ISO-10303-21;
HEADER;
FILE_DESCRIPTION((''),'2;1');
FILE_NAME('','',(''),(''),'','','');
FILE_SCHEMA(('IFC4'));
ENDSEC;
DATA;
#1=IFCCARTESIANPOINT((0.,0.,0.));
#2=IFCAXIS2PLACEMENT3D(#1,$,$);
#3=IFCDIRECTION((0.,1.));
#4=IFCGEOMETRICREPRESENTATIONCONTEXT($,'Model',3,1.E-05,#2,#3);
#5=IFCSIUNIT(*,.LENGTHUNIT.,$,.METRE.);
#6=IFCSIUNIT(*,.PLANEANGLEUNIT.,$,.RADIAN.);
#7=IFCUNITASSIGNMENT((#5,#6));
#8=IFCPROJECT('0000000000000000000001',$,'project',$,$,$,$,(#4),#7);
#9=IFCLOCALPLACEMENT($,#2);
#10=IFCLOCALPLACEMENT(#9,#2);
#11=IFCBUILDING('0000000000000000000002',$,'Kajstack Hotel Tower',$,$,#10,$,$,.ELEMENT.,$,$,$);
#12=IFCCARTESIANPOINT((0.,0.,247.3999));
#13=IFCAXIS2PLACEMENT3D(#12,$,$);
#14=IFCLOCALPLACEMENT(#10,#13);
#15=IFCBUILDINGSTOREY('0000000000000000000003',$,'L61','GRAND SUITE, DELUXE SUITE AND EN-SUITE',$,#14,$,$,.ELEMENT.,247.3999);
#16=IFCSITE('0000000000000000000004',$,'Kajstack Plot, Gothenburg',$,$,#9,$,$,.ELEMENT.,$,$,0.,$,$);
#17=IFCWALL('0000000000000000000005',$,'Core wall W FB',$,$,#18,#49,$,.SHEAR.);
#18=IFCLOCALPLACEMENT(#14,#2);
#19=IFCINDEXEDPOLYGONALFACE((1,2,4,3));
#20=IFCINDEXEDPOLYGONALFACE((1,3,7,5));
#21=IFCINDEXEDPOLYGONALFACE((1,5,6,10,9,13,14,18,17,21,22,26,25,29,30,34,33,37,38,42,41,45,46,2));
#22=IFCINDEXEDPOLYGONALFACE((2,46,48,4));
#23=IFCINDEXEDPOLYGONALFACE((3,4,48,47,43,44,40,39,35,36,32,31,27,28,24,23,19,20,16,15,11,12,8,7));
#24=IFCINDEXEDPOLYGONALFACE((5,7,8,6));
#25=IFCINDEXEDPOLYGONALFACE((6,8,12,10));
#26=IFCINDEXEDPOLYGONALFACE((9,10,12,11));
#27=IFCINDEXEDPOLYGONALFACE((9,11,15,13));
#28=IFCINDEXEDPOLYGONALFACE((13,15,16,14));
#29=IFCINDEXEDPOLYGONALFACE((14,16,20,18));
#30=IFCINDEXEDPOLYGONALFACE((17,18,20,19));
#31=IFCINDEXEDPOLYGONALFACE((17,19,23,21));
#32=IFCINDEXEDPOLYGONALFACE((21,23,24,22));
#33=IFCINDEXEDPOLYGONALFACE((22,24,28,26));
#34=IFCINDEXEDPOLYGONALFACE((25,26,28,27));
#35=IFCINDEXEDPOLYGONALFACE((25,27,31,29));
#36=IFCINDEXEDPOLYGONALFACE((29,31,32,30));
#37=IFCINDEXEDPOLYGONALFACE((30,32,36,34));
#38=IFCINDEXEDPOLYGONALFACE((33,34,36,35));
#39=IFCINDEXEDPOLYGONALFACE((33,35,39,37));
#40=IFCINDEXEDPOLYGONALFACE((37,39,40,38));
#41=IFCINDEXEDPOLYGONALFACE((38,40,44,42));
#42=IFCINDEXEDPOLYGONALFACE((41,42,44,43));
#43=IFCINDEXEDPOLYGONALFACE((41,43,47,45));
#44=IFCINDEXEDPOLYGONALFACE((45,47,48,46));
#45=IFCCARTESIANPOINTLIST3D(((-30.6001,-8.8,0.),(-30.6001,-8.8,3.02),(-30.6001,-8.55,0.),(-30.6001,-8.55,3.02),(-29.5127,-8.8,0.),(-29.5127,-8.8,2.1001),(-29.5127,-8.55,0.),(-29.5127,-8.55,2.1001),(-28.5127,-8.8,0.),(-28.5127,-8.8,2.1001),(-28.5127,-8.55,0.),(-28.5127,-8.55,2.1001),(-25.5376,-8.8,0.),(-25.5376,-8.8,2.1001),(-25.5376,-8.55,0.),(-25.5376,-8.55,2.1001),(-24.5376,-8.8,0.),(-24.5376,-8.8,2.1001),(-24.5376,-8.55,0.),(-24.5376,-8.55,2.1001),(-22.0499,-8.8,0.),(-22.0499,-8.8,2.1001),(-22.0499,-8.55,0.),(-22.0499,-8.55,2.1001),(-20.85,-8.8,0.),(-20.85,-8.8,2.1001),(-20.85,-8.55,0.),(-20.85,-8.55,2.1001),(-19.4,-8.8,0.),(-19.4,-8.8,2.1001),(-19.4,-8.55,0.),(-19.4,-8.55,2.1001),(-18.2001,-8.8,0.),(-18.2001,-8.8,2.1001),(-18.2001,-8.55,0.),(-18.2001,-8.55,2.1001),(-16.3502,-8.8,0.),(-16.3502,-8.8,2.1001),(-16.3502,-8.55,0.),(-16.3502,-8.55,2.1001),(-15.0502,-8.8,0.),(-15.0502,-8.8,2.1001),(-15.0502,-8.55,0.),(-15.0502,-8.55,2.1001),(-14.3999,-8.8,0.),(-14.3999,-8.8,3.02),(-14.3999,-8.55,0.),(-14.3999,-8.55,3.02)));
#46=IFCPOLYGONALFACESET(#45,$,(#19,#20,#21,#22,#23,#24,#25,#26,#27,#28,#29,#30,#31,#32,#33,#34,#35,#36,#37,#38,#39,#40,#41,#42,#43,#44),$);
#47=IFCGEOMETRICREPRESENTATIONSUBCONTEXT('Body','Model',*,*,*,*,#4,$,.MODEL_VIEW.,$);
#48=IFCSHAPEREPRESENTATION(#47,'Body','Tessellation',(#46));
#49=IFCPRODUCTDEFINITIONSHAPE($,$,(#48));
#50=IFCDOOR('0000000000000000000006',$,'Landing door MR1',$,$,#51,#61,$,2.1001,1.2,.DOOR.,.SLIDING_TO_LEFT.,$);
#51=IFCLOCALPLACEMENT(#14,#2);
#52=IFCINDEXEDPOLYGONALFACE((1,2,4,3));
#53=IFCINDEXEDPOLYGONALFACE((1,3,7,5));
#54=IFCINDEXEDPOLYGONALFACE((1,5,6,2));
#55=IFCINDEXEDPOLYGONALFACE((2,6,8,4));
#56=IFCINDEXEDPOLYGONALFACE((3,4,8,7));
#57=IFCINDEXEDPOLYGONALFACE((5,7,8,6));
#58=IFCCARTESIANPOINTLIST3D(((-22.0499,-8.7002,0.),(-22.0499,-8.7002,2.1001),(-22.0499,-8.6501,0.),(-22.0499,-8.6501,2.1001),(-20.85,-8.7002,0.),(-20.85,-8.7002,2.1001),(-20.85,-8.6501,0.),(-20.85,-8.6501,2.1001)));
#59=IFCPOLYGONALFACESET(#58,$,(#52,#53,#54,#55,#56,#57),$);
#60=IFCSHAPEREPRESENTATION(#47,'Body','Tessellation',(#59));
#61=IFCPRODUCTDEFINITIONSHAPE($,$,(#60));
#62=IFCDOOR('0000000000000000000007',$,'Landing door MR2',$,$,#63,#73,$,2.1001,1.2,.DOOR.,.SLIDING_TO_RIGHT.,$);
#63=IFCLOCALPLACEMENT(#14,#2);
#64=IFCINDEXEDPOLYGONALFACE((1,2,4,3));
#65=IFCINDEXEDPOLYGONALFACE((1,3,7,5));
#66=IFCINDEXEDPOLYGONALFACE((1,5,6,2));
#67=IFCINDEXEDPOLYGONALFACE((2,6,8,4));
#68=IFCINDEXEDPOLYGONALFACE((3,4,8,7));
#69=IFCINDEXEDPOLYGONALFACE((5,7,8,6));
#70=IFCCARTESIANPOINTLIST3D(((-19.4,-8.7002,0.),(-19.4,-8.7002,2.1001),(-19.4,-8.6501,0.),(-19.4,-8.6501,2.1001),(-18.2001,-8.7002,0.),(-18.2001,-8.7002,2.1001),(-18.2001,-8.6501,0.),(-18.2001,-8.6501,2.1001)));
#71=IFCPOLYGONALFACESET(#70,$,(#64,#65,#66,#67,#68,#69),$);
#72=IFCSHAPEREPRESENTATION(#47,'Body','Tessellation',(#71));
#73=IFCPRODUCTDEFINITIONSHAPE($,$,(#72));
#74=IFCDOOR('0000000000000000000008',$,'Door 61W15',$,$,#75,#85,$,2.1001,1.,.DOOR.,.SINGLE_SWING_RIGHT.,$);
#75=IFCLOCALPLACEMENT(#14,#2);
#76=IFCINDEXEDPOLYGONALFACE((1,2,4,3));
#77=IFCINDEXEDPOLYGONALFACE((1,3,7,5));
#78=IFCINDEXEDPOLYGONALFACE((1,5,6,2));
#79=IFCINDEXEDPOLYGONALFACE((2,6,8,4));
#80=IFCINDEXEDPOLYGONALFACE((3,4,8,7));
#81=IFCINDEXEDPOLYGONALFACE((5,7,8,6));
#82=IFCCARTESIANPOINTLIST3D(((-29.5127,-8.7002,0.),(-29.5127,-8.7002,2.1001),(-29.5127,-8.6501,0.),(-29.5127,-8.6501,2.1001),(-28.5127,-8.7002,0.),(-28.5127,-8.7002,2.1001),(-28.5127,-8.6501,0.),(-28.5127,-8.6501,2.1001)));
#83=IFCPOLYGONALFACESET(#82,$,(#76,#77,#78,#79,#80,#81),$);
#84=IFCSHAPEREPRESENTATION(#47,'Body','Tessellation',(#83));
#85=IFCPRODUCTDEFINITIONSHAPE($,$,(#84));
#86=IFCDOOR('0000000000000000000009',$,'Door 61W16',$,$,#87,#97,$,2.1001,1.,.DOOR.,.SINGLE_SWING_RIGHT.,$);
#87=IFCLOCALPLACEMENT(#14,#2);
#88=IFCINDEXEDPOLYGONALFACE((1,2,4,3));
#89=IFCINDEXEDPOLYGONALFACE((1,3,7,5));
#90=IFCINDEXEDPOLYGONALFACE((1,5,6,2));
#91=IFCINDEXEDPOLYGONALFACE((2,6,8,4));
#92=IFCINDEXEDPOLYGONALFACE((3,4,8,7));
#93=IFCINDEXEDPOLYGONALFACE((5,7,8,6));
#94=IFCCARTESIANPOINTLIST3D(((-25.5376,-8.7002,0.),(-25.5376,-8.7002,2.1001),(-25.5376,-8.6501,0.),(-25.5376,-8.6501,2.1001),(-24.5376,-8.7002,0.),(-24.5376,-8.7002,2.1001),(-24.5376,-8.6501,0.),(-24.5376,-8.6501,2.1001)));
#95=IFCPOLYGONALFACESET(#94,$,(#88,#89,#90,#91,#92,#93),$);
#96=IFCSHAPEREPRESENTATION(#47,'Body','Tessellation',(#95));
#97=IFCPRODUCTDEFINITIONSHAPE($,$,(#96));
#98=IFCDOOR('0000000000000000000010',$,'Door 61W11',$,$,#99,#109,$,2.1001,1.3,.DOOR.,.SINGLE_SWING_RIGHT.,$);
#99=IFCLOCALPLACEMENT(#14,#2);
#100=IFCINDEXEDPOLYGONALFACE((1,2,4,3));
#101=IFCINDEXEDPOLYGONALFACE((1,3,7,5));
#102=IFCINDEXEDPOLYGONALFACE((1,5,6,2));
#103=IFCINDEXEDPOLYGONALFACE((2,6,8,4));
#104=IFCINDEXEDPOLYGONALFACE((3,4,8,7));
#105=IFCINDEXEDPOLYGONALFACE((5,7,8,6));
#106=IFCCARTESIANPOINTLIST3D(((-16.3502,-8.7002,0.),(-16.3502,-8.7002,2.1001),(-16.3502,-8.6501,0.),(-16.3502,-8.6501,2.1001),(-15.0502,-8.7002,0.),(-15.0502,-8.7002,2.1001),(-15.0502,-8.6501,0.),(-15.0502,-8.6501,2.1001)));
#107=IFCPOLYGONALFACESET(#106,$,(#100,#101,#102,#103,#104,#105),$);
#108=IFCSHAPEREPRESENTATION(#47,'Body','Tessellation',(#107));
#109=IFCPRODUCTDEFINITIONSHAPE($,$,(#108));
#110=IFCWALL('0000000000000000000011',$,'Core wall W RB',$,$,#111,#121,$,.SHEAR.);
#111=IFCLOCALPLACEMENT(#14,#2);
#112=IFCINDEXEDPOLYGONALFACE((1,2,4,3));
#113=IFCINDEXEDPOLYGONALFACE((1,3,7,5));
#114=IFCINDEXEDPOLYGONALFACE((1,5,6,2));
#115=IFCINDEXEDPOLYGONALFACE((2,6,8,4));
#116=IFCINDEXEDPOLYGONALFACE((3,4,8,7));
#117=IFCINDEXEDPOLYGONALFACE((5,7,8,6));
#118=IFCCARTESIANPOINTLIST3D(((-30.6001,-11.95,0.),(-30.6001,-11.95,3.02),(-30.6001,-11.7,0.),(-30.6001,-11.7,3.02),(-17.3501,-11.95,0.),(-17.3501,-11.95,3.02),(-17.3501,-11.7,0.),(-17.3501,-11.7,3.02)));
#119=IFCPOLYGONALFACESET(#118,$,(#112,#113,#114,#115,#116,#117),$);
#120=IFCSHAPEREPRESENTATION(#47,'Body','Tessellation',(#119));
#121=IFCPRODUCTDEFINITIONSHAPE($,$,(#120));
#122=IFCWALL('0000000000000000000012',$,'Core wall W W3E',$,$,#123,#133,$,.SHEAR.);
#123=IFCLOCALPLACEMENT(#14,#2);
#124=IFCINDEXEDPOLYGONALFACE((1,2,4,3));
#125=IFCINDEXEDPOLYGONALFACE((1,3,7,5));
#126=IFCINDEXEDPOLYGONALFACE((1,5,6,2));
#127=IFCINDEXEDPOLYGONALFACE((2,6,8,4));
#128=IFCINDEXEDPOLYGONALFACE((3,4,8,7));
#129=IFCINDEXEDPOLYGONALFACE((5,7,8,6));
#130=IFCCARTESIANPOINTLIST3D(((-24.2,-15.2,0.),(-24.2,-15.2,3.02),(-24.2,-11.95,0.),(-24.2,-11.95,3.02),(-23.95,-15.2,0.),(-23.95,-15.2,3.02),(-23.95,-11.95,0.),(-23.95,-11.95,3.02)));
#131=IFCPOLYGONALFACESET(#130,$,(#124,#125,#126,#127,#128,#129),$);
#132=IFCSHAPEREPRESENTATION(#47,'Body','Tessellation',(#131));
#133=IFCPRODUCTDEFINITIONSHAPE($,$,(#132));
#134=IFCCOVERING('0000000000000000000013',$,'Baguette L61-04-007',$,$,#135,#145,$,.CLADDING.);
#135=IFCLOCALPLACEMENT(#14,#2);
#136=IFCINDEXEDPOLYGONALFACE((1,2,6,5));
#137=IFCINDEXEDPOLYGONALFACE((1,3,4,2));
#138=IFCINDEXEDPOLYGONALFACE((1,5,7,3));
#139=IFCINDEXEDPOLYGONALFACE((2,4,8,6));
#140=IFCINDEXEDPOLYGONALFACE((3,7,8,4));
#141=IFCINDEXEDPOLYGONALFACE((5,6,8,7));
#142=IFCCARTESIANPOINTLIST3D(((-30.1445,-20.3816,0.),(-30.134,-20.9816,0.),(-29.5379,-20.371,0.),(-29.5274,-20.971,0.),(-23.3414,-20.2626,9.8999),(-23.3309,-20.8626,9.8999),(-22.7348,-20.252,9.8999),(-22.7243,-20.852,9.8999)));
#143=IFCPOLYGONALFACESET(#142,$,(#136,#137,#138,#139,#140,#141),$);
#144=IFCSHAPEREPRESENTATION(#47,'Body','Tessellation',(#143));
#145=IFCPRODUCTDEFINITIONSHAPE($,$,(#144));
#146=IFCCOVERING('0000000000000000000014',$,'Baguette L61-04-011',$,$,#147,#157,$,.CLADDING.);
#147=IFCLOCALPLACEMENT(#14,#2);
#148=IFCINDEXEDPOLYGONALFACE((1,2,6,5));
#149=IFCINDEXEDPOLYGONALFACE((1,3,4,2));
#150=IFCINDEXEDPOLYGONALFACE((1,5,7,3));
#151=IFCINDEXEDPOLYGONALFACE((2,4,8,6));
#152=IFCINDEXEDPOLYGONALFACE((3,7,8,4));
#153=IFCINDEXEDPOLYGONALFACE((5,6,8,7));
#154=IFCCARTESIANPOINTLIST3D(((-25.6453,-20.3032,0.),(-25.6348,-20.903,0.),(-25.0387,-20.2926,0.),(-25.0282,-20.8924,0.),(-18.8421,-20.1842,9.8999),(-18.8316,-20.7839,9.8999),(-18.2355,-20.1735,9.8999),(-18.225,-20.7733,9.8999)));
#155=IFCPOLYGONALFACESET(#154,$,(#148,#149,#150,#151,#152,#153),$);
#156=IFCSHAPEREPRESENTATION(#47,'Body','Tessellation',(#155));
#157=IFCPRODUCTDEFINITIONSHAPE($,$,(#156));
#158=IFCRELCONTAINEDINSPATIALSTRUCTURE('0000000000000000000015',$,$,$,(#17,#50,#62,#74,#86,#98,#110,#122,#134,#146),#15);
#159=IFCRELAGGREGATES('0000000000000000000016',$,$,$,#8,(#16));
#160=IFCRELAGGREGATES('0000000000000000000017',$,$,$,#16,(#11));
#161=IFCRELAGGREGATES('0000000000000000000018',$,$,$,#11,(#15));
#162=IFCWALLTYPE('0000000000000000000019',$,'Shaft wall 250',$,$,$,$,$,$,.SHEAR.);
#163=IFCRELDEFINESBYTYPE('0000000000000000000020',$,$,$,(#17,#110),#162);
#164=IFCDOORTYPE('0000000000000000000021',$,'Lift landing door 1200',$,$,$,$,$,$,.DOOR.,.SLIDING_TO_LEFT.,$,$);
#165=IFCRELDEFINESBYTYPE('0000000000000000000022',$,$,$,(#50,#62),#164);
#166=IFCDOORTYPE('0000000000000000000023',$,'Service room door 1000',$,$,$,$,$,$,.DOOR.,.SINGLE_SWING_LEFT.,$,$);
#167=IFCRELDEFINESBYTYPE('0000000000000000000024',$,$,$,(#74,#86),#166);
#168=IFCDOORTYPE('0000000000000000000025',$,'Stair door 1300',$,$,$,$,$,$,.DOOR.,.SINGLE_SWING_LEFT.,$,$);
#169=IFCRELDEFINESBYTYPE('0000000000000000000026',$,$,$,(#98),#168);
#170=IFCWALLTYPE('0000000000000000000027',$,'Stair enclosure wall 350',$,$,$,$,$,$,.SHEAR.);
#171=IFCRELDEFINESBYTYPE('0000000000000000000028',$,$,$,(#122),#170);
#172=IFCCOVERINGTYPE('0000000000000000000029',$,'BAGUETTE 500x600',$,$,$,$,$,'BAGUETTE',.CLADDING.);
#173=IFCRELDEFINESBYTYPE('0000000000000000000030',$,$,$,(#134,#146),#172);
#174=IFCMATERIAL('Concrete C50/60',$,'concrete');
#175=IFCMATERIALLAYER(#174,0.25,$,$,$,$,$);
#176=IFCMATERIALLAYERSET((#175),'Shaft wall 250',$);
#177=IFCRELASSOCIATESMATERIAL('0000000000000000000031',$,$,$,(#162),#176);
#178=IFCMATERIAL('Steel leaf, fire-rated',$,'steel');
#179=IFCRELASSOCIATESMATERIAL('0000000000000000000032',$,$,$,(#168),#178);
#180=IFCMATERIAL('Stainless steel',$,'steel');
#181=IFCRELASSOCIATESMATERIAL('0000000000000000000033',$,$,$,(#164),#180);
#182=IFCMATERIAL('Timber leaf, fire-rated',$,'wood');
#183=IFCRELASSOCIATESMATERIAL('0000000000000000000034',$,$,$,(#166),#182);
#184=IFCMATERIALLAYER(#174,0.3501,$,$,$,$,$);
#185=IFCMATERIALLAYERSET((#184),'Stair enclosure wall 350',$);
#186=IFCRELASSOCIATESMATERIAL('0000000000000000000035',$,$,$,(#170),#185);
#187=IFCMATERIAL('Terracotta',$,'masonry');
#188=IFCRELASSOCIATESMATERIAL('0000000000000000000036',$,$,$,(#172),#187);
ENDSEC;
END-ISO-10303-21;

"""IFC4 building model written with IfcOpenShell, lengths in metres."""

from ifc_helpers import new_model, si_unit, direction, frame, frame_2d, origin, origin_2d, place, context, subcontext, project, spatial, polyline, rectangle, outline, extrude, material, layer, layer_set, material_profile, profile_set, type_object, element, fill, save


model = new_model("IFC4")

# Units and contexts
model_context = context("Model", 3, precision=1e-05, world=origin(), true_north=direction((0.0, 1.0)))
body_context = subcontext(model_context, "Body", "Model", "MODEL_VIEW")
ifc_project = project(units=[si_unit("LENGTHUNIT", "METRE"), si_unit("PLANEANGLEUNIT", "RADIAN")], contexts=[model_context])

# Site, building, storey
site_placement = place(None, origin())
site = spatial("IfcSite", under=ifc_project, at=site_placement, Name="Kajstack Plot, Gothenburg", CompositionType="ELEMENT", RefElevation=0.0)
building_placement = place(site_placement, origin())
building = spatial("IfcBuilding", under=site, at=building_placement, Name="Kajstack Hotel Tower", CompositionType="ELEMENT")
storey_placement = place(building_placement, frame((0.0, 0.0, 247.3999)))
storey = spatial("IfcBuildingStorey", under=building, at=storey_placement, Name="L61", Description="GRAND SUITE, DELUXE SUITE AND EN-SUITE", CompositionType="ELEMENT", Elevation=247.3999)

# Shared definitions
ifc_material_1 = material(Name="Stainless steel", Category="steel")

# Shared definitions
ifc_material_2 = material(Name="Concrete C50/60", Category="concrete")

# Wall, openings, doors
ifc_layer_1 = layer(ifc_material_2, 0.25)
ifc_layer_set_1 = layer_set([ifc_layer_1], Name="Shaft wall 250")
wall_type_1 = type_object("IfcWallType", Name="Shaft wall 250", PredefinedType="SHEAR", material=ifc_layer_set_1)
ifc_material_3 = material(Name="Timber leaf, fire-rated", Category="wood")
ifc_material_4 = material(Name="Steel leaf, fire-rated", Category="steel")
door_type_1 = type_object("IfcDoorType", Name="Stair door 1300", OperationType="SINGLE_SWING_LEFT", PredefinedType="DOOR", material=ifc_material_4)
wall_1_placement = place(storey_placement, frame((-30.6001, -8.675, 0.0), z_axis=(0.0, 0.0, 1.0), x_axis=(1.0, 0.0, 0.0)))
wall_1 = element("IfcWall", 1, at=wall_1_placement, inside=storey, type_object=wall_type_1, Name="Core wall W FB", PredefinedType="SHEAR", context=body_context, shape_type="SweptSolid", body=[
    extrude(rectangle(XDim=16.2002, YDim=0.25, at=frame_2d((8.1001, 0.0))), origin(), (0.0, 0.0, 1.0), 3.02),
])
opening_1_placement = place(wall_1_placement, frame((8.55, 0.0, 0.0)))
opening_1 = element("IfcOpeningElement", 2, at=opening_1_placement, cuts=wall_1, PredefinedType="OPENING", context=body_context, shape_type="SweptSolid", body=[
    extrude(rectangle(XDim=1.2, YDim=2.1001, at=frame_2d((0.6001, 1.05))), frame((0.0, 0.135, 0.0), z_axis=(0.0, -1.0, 0.0), x_axis=(1.0, 0.0, 0.0)), (0.0, 0.0, 1.0), 0.27),
])
opening_2_placement = place(wall_1_placement, frame((11.2, 0.0, 0.0)))
opening_2 = element("IfcOpeningElement", 3, at=opening_2_placement, cuts=wall_1, PredefinedType="OPENING", context=body_context, shape_type="SweptSolid", body=[
    extrude(rectangle(XDim=1.2, YDim=2.1001, at=frame_2d((0.6001, 1.05))), frame((0.0, 0.135, 0.0), z_axis=(0.0, -1.0, 0.0), x_axis=(1.0, 0.0, 0.0)), (0.0, 0.0, 1.0), 0.27),
])
opening_3_placement = place(wall_1_placement, frame((14.25, 0.0, 0.0)))
opening_3 = element("IfcOpeningElement", 4, at=opening_3_placement, cuts=wall_1, PredefinedType="OPENING", context=body_context, shape_type="SweptSolid", body=[
    extrude(rectangle(XDim=1.3, YDim=2.1001, at=frame_2d((0.6499, 1.05))), frame((0.0, 0.135, 0.0), z_axis=(0.0, -1.0, 0.0), x_axis=(1.0, 0.0, 0.0)), (0.0, 0.0, 1.0), 0.27),
])
opening_4_placement = place(wall_1_placement, frame((1.0874, 0.0, 0.0)))
opening_4 = element("IfcOpeningElement", 5, at=opening_4_placement, cuts=wall_1, PredefinedType="OPENING", context=body_context, shape_type="SweptSolid", body=[
    extrude(rectangle(XDim=1.0, YDim=2.1001, at=frame_2d((0.5, 1.05))), frame((0.0, 0.135, 0.0), z_axis=(0.0, -1.0, 0.0), x_axis=(1.0, 0.0, 0.0)), (0.0, 0.0, 1.0), 0.27),
])
opening_5_placement = place(wall_1_placement, frame((5.0625, 0.0, 0.0)))
opening_5 = element("IfcOpeningElement", 6, at=opening_5_placement, cuts=wall_1, PredefinedType="OPENING", context=body_context, shape_type="SweptSolid", body=[
    extrude(rectangle(XDim=1.0, YDim=2.1001, at=frame_2d((0.5, 1.05))), frame((0.0, 0.135, 0.0), z_axis=(0.0, -1.0, 0.0), x_axis=(1.0, 0.0, 0.0)), (0.0, 0.0, 1.0), 0.27),
])
door_type_2 = type_object("IfcDoorType", Name="Lift landing door 1200", OperationType="SLIDING_TO_LEFT", PredefinedType="DOOR", material=ifc_material_1)
door_1_placement = place(opening_1_placement, origin())
door_1 = element("IfcDoor", 7, at=door_1_placement, inside=storey, type_object=door_type_2, Name="Landing door MR1", OperationType="SLIDING_TO_LEFT", OverallHeight=2.1001, OverallWidth=1.2, PredefinedType="DOOR", context=body_context, shape_type="SweptSolid", body=[
    extrude(rectangle(XDim=1.2, YDim=2.1001, at=frame_2d((0.6001, 1.05))), frame((0.0, 0.0249, 0.0), z_axis=(0.0, -1.0, 0.0), x_axis=(1.0, 0.0, 0.0)), (0.0, 0.0, 1.0), 0.05),
])
fill(opening_1, door_1)
door_2_placement = place(opening_2_placement, origin())
door_2 = element("IfcDoor", 8, at=door_2_placement, inside=storey, type_object=door_type_2, Name="Landing door MR2", OperationType="SLIDING_TO_RIGHT", OverallHeight=2.1001, OverallWidth=1.2, PredefinedType="DOOR", context=body_context, shape_type="SweptSolid", body=[
    extrude(rectangle(XDim=1.2, YDim=2.1001, at=frame_2d((0.6001, 1.05))), frame((0.0, 0.0249, 0.0), z_axis=(0.0, -1.0, 0.0), x_axis=(1.0, 0.0, 0.0)), (0.0, 0.0, 1.0), 0.05),
])
fill(opening_2, door_2)
door_type_3 = type_object("IfcDoorType", Name="Service room door 1000", OperationType="SINGLE_SWING_LEFT", PredefinedType="DOOR", material=ifc_material_3)
door_3_placement = place(opening_4_placement, origin())
door_3 = element("IfcDoor", 9, at=door_3_placement, inside=storey, type_object=door_type_3, Name="Door 61W15", OperationType="SINGLE_SWING_RIGHT", OverallHeight=2.1001, OverallWidth=1.0, PredefinedType="DOOR", context=body_context, shape_type="SweptSolid", body=[
    extrude(rectangle(XDim=1.0, YDim=2.1001, at=frame_2d((0.5, 1.05))), frame((0.0, 0.0249, 0.0), z_axis=(0.0, -1.0, 0.0), x_axis=(1.0, 0.0, 0.0)), (0.0, 0.0, 1.0), 0.05),
])
fill(opening_4, door_3)
door_4_placement = place(opening_5_placement, origin())
door_4 = element("IfcDoor", 10, at=door_4_placement, inside=storey, type_object=door_type_3, Name="Door 61W16", OperationType="SINGLE_SWING_RIGHT", OverallHeight=2.1001, OverallWidth=1.0, PredefinedType="DOOR", context=body_context, shape_type="SweptSolid", body=[
    extrude(rectangle(XDim=1.0, YDim=2.1001, at=frame_2d((0.5, 1.05))), frame((0.0, 0.0249, 0.0), z_axis=(0.0, -1.0, 0.0), x_axis=(1.0, 0.0, 0.0)), (0.0, 0.0, 1.0), 0.05),
])
fill(opening_5, door_4)
door_5_placement = place(opening_3_placement, origin())
door_5 = element("IfcDoor", 11, at=door_5_placement, inside=storey, type_object=door_type_1, Name="Door 61W11", OperationType="SINGLE_SWING_RIGHT", OverallHeight=2.1001, OverallWidth=1.3, PredefinedType="DOOR", context=body_context, shape_type="SweptSolid", body=[
    extrude(rectangle(XDim=1.3, YDim=2.1001, at=frame_2d((0.6499, 1.05))), frame((0.0, 0.0249, 0.0), z_axis=(0.0, -1.0, 0.0), x_axis=(1.0, 0.0, 0.0)), (0.0, 0.0, 1.0), 0.05),
])
fill(opening_3, door_5)

# Walls
wall_2_placement = place(storey_placement, frame((-30.6001, -11.825, 0.0), z_axis=(0.0, 0.0, 1.0), x_axis=(1.0, 0.0, 0.0)))
element("IfcWall", 12, at=wall_2_placement, inside=storey, type_object=wall_type_1, Name="Core wall W RB", PredefinedType="SHEAR", context=body_context, shape_type="SweptSolid", body=[
    extrude(rectangle(XDim=13.25, YDim=0.25, at=frame_2d((6.625, 0.0))), origin(), (0.0, 0.0, 1.0), 3.02),
])
ifc_layer_2 = layer(ifc_material_2, 0.3501)
ifc_layer_set_2 = layer_set([ifc_layer_2], Name="Stair enclosure wall 350")
wall_type_2 = type_object("IfcWallType", Name="Stair enclosure wall 350", PredefinedType="SHEAR", material=ifc_layer_set_2)
wall_3_placement = place(storey_placement, frame((-24.075, -15.2, 0.0), z_axis=(0.0, 0.0, 1.0), x_axis=(0.0, 1.0, 0.0)))
element("IfcWall", 13, at=wall_3_placement, inside=storey, type_object=wall_type_2, Name="Core wall W W3E", PredefinedType="SHEAR", context=body_context, shape_type="SweptSolid", body=[
    extrude(rectangle(XDim=3.25, YDim=0.25, at=frame_2d((1.625, 0.0))), origin(), (0.0, 0.0, 1.0), 3.02),
])

# Coverings
ifc_material_5 = material(Name="Terracotta", Category="masonry")
ifc_material_profile = material_profile(ifc_material_5, rectangle(XDim=0.6001, YDim=0.5, at=origin_2d()), Name="Terracotta-clad concrete baguette 500 x 600")
ifc_profile_set = profile_set([ifc_material_profile], Name="Terracotta")
covering_type = type_object("IfcCoveringType", Name="BAGUETTE 500x600", ElementType="BAGUETTE", PredefinedType="CLADDING", material=ifc_profile_set)
covering_1_placement = place(storey_placement, frame((-30.1445, -20.3816, 0.0), z_axis=(0.017491, -0.999847, 0.0), x_axis=(0.999847, 0.017491, 0.0)))
element("IfcCovering", 14, at=covering_1_placement, inside=storey, type_object=covering_type, Name="Baguette L61-04-007", PredefinedType="CLADDING", context=body_context, shape_type="SweptSolid", body=[
    extrude(outline(polyline([(6.8042, 9.8999), (0.0, 0.0), (0.6067, 0.0), (7.4109, 9.8999), (6.8042, 9.8999)])), origin(), (0.0, 0.0, 1.0), 0.6001),
])
covering_2_placement = place(storey_placement, frame((-25.6453, -20.3032, 0.0), z_axis=(0.017498, -0.999847, 0.0), x_axis=(0.999847, 0.017498, 0.0)))
element("IfcCovering", 15, at=covering_2_placement, inside=storey, type_object=covering_type, Name="Baguette L61-04-011", PredefinedType="CLADDING", context=body_context, shape_type="SweptSolid", body=[
    extrude(outline(polyline([(6.8042, 9.8999), (0.0, 0.0), (0.6067, 0.0), (7.4109, 9.8999), (6.8042, 9.8999)])), origin(), (0.0, 0.0, 1.0), 0.5999),
])

save(model, "model.ifc")
